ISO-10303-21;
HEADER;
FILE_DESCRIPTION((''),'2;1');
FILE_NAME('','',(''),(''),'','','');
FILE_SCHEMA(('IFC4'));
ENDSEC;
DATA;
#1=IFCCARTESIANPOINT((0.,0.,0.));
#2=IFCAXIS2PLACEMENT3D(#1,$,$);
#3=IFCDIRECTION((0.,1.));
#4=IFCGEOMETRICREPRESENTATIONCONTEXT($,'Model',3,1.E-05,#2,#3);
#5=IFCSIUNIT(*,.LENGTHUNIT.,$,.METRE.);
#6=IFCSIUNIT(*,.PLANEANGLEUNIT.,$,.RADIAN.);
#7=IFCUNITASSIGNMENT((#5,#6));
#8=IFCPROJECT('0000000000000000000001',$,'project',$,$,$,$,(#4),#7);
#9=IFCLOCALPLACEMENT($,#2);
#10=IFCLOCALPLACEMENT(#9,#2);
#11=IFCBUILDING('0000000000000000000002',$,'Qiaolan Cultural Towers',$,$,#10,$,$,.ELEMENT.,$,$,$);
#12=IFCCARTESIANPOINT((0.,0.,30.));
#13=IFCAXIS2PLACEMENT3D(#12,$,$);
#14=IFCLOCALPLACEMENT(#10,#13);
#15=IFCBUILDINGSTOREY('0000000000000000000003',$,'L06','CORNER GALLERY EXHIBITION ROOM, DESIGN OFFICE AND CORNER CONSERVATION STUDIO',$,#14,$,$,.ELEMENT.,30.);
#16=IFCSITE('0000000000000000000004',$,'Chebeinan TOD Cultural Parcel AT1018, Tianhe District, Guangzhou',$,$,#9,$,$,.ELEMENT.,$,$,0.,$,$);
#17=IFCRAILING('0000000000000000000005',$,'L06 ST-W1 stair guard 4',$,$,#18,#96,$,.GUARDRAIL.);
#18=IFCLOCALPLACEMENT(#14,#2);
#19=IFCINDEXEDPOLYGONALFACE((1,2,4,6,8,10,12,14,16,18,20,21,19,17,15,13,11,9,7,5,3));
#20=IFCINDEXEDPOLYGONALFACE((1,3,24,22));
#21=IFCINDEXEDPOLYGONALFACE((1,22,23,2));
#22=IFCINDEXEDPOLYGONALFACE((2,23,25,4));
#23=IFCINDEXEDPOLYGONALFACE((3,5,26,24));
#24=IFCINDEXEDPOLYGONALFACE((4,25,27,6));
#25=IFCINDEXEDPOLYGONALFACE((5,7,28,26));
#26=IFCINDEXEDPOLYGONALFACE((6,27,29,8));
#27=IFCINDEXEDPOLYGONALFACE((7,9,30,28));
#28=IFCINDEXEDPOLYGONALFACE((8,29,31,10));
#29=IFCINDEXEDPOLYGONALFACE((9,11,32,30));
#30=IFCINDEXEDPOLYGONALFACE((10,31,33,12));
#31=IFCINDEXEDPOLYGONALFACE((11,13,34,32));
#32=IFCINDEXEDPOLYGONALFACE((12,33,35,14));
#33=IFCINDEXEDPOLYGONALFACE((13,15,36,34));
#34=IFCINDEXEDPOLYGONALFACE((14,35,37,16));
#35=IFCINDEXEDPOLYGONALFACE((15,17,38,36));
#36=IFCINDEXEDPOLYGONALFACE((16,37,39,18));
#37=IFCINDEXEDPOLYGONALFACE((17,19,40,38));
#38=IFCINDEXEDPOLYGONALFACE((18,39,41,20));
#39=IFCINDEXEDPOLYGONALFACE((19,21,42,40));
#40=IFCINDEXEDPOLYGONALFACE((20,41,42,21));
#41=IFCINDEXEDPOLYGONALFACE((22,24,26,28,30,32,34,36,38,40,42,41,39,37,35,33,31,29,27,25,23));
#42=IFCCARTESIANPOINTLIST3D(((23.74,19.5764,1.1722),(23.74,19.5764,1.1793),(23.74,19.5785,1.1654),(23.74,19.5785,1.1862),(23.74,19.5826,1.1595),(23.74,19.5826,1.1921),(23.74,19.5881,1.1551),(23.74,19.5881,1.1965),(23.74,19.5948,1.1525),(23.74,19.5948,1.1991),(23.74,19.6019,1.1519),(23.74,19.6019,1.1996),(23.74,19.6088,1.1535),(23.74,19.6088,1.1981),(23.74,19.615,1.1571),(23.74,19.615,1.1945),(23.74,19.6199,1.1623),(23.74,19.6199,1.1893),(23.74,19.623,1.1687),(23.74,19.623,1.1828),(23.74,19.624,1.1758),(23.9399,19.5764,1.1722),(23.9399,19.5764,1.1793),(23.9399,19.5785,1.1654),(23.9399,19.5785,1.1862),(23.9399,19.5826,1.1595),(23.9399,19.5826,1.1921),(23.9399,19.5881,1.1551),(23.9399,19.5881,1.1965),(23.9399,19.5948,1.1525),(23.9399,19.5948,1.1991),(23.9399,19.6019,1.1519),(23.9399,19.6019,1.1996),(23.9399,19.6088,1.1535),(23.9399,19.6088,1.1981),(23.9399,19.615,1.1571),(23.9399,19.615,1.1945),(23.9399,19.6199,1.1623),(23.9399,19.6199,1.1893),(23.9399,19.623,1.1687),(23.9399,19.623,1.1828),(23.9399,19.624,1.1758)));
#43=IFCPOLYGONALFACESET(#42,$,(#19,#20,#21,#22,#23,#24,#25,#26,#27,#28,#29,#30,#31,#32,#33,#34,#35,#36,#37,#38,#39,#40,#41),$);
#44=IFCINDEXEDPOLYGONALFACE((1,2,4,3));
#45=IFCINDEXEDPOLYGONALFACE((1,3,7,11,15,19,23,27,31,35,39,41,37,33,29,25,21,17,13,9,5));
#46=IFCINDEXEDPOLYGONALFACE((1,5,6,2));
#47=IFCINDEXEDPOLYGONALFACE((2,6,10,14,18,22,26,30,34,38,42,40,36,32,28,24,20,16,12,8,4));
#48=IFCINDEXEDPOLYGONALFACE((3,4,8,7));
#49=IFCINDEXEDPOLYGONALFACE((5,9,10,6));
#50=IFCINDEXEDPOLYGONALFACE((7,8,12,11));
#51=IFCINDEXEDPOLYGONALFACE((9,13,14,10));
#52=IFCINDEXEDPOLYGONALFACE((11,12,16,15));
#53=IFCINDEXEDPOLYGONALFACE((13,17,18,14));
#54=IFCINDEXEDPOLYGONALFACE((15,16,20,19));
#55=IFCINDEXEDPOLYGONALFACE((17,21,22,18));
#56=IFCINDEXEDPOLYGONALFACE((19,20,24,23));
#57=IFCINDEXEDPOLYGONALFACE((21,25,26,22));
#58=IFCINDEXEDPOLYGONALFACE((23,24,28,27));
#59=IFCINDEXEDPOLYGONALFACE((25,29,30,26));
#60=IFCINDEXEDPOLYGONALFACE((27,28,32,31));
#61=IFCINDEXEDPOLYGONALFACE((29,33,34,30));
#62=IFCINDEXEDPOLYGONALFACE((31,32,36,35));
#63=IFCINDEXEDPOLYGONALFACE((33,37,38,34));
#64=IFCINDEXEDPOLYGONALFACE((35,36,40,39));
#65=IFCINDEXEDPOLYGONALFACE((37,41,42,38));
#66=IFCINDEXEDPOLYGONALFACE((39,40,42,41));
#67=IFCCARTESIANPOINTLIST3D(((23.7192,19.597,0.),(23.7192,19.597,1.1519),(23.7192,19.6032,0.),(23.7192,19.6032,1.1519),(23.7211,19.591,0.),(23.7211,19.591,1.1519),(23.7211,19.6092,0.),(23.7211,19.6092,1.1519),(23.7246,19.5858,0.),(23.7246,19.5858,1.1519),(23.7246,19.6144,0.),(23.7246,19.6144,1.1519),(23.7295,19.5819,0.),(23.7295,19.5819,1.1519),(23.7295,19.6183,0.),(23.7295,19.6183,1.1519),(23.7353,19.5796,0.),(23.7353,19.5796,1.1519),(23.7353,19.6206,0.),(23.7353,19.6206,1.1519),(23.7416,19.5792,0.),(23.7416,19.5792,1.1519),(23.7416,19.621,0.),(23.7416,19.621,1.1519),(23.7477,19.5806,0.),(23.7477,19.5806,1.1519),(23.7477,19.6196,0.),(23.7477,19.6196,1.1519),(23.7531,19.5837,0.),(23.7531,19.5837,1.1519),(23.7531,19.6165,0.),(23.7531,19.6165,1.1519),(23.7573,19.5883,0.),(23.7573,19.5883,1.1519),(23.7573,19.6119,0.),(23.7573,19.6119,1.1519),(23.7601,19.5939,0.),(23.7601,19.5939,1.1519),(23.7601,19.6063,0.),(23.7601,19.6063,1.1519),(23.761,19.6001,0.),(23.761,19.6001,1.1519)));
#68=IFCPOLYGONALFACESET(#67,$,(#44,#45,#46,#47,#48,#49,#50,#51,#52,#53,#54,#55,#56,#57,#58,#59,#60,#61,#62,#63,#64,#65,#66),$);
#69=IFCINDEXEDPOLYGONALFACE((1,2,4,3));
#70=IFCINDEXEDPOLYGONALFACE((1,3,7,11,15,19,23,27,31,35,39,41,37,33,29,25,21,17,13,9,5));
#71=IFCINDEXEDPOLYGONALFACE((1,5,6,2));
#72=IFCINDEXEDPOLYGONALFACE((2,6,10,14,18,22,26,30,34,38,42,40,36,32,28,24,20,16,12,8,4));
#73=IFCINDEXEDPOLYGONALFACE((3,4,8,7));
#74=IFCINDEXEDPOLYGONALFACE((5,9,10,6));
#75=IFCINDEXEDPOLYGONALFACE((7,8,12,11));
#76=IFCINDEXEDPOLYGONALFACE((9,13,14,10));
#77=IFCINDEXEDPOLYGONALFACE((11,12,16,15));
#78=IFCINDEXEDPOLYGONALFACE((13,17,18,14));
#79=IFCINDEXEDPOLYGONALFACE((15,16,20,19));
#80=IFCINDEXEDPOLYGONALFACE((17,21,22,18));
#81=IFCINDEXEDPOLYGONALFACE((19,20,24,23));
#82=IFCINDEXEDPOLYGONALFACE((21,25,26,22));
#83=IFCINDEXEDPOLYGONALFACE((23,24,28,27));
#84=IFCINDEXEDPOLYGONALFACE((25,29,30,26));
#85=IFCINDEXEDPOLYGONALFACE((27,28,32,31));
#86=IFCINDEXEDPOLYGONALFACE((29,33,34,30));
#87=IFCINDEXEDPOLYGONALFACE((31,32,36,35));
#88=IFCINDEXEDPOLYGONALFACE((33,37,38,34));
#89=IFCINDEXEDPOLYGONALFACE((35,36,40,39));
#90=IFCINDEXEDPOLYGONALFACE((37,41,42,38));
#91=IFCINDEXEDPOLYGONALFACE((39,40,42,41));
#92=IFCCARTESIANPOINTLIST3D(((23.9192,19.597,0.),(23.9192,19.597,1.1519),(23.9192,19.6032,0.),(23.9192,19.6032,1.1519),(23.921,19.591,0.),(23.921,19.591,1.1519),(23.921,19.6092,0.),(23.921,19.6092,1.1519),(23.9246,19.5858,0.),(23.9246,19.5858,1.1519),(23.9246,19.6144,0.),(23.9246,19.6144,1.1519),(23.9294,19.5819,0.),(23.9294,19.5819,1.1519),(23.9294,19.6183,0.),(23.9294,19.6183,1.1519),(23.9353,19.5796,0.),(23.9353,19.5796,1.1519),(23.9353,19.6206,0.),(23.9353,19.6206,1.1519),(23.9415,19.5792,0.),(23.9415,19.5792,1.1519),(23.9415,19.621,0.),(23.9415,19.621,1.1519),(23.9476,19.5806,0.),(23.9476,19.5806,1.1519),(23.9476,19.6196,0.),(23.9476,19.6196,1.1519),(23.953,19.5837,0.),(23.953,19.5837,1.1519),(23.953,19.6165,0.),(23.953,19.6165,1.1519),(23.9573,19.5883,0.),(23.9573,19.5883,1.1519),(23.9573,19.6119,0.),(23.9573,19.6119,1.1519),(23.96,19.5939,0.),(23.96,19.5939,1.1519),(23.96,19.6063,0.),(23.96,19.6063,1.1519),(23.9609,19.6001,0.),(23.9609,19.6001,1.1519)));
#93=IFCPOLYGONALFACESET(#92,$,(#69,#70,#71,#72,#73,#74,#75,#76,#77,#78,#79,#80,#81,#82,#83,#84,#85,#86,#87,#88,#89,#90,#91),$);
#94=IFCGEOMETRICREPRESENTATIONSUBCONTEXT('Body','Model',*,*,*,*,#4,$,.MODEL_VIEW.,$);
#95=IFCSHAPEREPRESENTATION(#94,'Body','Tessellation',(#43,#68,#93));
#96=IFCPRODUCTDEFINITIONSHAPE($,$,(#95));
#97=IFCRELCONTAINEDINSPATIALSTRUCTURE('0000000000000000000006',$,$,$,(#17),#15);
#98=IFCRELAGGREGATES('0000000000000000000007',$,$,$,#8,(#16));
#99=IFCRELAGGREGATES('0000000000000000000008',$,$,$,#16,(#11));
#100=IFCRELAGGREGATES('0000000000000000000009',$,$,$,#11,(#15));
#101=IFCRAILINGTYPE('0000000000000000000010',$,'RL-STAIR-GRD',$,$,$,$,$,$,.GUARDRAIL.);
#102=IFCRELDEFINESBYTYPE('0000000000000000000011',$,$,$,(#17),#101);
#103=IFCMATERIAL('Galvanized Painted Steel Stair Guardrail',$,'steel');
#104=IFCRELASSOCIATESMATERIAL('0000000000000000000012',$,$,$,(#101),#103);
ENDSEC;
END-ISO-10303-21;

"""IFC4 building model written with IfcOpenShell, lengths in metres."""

from ifc_helpers import new_model, si_unit, direction, frame, origin, origin_2d, place, context, subcontext, project, spatial, circle, extrude, material, type_object, element, save


model = new_model("IFC4")

# Units and contexts
model_context = context("Model", 3, precision=1e-05, world=origin(), true_north=direction((0.0, 1.0)))
body_context = subcontext(model_context, "Body", "Model", "MODEL_VIEW")
ifc_project = project(units=[si_unit("LENGTHUNIT", "METRE"), si_unit("PLANEANGLEUNIT", "RADIAN")], contexts=[model_context])

# Site, building, storey
site_placement = place(None, origin())
site = spatial("IfcSite", under=ifc_project, at=site_placement, Name="Chebeinan TOD Cultural Parcel AT1018, Tianhe District, Guangzhou", CompositionType="ELEMENT", RefElevation=0.0)
building_placement = place(site_placement, origin())
building = spatial("IfcBuilding", under=site, at=building_placement, Name="Qiaolan Cultural Towers", CompositionType="ELEMENT")
storey_placement = place(building_placement, frame((0.0, 0.0, 30.0)))
storey = spatial("IfcBuildingStorey", under=building, at=storey_placement, Name="L06", Description="CORNER GALLERY EXHIBITION ROOM, DESIGN OFFICE AND CORNER CONSERVATION STUDIO", CompositionType="ELEMENT", Elevation=30.0)

# Railing
ifc_material_1 = material(Name="Galvanized Painted Steel Stair Guardrail", Category="steel")
railing_type_1 = type_object("IfcRailingType", Name="RL-STAIR-GRD", PredefinedType="GUARDRAIL", material=ifc_material_1)
railing_1_placement = place(storey_placement, frame((23.74, 19.6001, 0.0)))
element("IfcRailing", 1, at=railing_1_placement, inside=storey, type_object=railing_type_1, Name="L06 ST-W1 stair guard 4", PredefinedType="GUARDRAIL", context=body_context, shape_type="SweptSolid", body=[
    extrude(circle(Radius=0.0239, at=origin_2d()), frame((0.0, 0.0, 1.1758), z_axis=(1.0, 0.0, 0.0), x_axis=(0.0, 1.0, 0.0)), (0.0, 0.0, 1.0), 0.2),
    extrude(circle(Radius=0.021, at=origin_2d()), origin(), (0.0, 0.0, 1.0), 1.1519),
    extrude(circle(Radius=0.021, at=origin_2d()), frame((0.2, 0.0, 0.0)), (0.0, 0.0, 1.0), 1.1519),
])

save(model, "model.ifc")
